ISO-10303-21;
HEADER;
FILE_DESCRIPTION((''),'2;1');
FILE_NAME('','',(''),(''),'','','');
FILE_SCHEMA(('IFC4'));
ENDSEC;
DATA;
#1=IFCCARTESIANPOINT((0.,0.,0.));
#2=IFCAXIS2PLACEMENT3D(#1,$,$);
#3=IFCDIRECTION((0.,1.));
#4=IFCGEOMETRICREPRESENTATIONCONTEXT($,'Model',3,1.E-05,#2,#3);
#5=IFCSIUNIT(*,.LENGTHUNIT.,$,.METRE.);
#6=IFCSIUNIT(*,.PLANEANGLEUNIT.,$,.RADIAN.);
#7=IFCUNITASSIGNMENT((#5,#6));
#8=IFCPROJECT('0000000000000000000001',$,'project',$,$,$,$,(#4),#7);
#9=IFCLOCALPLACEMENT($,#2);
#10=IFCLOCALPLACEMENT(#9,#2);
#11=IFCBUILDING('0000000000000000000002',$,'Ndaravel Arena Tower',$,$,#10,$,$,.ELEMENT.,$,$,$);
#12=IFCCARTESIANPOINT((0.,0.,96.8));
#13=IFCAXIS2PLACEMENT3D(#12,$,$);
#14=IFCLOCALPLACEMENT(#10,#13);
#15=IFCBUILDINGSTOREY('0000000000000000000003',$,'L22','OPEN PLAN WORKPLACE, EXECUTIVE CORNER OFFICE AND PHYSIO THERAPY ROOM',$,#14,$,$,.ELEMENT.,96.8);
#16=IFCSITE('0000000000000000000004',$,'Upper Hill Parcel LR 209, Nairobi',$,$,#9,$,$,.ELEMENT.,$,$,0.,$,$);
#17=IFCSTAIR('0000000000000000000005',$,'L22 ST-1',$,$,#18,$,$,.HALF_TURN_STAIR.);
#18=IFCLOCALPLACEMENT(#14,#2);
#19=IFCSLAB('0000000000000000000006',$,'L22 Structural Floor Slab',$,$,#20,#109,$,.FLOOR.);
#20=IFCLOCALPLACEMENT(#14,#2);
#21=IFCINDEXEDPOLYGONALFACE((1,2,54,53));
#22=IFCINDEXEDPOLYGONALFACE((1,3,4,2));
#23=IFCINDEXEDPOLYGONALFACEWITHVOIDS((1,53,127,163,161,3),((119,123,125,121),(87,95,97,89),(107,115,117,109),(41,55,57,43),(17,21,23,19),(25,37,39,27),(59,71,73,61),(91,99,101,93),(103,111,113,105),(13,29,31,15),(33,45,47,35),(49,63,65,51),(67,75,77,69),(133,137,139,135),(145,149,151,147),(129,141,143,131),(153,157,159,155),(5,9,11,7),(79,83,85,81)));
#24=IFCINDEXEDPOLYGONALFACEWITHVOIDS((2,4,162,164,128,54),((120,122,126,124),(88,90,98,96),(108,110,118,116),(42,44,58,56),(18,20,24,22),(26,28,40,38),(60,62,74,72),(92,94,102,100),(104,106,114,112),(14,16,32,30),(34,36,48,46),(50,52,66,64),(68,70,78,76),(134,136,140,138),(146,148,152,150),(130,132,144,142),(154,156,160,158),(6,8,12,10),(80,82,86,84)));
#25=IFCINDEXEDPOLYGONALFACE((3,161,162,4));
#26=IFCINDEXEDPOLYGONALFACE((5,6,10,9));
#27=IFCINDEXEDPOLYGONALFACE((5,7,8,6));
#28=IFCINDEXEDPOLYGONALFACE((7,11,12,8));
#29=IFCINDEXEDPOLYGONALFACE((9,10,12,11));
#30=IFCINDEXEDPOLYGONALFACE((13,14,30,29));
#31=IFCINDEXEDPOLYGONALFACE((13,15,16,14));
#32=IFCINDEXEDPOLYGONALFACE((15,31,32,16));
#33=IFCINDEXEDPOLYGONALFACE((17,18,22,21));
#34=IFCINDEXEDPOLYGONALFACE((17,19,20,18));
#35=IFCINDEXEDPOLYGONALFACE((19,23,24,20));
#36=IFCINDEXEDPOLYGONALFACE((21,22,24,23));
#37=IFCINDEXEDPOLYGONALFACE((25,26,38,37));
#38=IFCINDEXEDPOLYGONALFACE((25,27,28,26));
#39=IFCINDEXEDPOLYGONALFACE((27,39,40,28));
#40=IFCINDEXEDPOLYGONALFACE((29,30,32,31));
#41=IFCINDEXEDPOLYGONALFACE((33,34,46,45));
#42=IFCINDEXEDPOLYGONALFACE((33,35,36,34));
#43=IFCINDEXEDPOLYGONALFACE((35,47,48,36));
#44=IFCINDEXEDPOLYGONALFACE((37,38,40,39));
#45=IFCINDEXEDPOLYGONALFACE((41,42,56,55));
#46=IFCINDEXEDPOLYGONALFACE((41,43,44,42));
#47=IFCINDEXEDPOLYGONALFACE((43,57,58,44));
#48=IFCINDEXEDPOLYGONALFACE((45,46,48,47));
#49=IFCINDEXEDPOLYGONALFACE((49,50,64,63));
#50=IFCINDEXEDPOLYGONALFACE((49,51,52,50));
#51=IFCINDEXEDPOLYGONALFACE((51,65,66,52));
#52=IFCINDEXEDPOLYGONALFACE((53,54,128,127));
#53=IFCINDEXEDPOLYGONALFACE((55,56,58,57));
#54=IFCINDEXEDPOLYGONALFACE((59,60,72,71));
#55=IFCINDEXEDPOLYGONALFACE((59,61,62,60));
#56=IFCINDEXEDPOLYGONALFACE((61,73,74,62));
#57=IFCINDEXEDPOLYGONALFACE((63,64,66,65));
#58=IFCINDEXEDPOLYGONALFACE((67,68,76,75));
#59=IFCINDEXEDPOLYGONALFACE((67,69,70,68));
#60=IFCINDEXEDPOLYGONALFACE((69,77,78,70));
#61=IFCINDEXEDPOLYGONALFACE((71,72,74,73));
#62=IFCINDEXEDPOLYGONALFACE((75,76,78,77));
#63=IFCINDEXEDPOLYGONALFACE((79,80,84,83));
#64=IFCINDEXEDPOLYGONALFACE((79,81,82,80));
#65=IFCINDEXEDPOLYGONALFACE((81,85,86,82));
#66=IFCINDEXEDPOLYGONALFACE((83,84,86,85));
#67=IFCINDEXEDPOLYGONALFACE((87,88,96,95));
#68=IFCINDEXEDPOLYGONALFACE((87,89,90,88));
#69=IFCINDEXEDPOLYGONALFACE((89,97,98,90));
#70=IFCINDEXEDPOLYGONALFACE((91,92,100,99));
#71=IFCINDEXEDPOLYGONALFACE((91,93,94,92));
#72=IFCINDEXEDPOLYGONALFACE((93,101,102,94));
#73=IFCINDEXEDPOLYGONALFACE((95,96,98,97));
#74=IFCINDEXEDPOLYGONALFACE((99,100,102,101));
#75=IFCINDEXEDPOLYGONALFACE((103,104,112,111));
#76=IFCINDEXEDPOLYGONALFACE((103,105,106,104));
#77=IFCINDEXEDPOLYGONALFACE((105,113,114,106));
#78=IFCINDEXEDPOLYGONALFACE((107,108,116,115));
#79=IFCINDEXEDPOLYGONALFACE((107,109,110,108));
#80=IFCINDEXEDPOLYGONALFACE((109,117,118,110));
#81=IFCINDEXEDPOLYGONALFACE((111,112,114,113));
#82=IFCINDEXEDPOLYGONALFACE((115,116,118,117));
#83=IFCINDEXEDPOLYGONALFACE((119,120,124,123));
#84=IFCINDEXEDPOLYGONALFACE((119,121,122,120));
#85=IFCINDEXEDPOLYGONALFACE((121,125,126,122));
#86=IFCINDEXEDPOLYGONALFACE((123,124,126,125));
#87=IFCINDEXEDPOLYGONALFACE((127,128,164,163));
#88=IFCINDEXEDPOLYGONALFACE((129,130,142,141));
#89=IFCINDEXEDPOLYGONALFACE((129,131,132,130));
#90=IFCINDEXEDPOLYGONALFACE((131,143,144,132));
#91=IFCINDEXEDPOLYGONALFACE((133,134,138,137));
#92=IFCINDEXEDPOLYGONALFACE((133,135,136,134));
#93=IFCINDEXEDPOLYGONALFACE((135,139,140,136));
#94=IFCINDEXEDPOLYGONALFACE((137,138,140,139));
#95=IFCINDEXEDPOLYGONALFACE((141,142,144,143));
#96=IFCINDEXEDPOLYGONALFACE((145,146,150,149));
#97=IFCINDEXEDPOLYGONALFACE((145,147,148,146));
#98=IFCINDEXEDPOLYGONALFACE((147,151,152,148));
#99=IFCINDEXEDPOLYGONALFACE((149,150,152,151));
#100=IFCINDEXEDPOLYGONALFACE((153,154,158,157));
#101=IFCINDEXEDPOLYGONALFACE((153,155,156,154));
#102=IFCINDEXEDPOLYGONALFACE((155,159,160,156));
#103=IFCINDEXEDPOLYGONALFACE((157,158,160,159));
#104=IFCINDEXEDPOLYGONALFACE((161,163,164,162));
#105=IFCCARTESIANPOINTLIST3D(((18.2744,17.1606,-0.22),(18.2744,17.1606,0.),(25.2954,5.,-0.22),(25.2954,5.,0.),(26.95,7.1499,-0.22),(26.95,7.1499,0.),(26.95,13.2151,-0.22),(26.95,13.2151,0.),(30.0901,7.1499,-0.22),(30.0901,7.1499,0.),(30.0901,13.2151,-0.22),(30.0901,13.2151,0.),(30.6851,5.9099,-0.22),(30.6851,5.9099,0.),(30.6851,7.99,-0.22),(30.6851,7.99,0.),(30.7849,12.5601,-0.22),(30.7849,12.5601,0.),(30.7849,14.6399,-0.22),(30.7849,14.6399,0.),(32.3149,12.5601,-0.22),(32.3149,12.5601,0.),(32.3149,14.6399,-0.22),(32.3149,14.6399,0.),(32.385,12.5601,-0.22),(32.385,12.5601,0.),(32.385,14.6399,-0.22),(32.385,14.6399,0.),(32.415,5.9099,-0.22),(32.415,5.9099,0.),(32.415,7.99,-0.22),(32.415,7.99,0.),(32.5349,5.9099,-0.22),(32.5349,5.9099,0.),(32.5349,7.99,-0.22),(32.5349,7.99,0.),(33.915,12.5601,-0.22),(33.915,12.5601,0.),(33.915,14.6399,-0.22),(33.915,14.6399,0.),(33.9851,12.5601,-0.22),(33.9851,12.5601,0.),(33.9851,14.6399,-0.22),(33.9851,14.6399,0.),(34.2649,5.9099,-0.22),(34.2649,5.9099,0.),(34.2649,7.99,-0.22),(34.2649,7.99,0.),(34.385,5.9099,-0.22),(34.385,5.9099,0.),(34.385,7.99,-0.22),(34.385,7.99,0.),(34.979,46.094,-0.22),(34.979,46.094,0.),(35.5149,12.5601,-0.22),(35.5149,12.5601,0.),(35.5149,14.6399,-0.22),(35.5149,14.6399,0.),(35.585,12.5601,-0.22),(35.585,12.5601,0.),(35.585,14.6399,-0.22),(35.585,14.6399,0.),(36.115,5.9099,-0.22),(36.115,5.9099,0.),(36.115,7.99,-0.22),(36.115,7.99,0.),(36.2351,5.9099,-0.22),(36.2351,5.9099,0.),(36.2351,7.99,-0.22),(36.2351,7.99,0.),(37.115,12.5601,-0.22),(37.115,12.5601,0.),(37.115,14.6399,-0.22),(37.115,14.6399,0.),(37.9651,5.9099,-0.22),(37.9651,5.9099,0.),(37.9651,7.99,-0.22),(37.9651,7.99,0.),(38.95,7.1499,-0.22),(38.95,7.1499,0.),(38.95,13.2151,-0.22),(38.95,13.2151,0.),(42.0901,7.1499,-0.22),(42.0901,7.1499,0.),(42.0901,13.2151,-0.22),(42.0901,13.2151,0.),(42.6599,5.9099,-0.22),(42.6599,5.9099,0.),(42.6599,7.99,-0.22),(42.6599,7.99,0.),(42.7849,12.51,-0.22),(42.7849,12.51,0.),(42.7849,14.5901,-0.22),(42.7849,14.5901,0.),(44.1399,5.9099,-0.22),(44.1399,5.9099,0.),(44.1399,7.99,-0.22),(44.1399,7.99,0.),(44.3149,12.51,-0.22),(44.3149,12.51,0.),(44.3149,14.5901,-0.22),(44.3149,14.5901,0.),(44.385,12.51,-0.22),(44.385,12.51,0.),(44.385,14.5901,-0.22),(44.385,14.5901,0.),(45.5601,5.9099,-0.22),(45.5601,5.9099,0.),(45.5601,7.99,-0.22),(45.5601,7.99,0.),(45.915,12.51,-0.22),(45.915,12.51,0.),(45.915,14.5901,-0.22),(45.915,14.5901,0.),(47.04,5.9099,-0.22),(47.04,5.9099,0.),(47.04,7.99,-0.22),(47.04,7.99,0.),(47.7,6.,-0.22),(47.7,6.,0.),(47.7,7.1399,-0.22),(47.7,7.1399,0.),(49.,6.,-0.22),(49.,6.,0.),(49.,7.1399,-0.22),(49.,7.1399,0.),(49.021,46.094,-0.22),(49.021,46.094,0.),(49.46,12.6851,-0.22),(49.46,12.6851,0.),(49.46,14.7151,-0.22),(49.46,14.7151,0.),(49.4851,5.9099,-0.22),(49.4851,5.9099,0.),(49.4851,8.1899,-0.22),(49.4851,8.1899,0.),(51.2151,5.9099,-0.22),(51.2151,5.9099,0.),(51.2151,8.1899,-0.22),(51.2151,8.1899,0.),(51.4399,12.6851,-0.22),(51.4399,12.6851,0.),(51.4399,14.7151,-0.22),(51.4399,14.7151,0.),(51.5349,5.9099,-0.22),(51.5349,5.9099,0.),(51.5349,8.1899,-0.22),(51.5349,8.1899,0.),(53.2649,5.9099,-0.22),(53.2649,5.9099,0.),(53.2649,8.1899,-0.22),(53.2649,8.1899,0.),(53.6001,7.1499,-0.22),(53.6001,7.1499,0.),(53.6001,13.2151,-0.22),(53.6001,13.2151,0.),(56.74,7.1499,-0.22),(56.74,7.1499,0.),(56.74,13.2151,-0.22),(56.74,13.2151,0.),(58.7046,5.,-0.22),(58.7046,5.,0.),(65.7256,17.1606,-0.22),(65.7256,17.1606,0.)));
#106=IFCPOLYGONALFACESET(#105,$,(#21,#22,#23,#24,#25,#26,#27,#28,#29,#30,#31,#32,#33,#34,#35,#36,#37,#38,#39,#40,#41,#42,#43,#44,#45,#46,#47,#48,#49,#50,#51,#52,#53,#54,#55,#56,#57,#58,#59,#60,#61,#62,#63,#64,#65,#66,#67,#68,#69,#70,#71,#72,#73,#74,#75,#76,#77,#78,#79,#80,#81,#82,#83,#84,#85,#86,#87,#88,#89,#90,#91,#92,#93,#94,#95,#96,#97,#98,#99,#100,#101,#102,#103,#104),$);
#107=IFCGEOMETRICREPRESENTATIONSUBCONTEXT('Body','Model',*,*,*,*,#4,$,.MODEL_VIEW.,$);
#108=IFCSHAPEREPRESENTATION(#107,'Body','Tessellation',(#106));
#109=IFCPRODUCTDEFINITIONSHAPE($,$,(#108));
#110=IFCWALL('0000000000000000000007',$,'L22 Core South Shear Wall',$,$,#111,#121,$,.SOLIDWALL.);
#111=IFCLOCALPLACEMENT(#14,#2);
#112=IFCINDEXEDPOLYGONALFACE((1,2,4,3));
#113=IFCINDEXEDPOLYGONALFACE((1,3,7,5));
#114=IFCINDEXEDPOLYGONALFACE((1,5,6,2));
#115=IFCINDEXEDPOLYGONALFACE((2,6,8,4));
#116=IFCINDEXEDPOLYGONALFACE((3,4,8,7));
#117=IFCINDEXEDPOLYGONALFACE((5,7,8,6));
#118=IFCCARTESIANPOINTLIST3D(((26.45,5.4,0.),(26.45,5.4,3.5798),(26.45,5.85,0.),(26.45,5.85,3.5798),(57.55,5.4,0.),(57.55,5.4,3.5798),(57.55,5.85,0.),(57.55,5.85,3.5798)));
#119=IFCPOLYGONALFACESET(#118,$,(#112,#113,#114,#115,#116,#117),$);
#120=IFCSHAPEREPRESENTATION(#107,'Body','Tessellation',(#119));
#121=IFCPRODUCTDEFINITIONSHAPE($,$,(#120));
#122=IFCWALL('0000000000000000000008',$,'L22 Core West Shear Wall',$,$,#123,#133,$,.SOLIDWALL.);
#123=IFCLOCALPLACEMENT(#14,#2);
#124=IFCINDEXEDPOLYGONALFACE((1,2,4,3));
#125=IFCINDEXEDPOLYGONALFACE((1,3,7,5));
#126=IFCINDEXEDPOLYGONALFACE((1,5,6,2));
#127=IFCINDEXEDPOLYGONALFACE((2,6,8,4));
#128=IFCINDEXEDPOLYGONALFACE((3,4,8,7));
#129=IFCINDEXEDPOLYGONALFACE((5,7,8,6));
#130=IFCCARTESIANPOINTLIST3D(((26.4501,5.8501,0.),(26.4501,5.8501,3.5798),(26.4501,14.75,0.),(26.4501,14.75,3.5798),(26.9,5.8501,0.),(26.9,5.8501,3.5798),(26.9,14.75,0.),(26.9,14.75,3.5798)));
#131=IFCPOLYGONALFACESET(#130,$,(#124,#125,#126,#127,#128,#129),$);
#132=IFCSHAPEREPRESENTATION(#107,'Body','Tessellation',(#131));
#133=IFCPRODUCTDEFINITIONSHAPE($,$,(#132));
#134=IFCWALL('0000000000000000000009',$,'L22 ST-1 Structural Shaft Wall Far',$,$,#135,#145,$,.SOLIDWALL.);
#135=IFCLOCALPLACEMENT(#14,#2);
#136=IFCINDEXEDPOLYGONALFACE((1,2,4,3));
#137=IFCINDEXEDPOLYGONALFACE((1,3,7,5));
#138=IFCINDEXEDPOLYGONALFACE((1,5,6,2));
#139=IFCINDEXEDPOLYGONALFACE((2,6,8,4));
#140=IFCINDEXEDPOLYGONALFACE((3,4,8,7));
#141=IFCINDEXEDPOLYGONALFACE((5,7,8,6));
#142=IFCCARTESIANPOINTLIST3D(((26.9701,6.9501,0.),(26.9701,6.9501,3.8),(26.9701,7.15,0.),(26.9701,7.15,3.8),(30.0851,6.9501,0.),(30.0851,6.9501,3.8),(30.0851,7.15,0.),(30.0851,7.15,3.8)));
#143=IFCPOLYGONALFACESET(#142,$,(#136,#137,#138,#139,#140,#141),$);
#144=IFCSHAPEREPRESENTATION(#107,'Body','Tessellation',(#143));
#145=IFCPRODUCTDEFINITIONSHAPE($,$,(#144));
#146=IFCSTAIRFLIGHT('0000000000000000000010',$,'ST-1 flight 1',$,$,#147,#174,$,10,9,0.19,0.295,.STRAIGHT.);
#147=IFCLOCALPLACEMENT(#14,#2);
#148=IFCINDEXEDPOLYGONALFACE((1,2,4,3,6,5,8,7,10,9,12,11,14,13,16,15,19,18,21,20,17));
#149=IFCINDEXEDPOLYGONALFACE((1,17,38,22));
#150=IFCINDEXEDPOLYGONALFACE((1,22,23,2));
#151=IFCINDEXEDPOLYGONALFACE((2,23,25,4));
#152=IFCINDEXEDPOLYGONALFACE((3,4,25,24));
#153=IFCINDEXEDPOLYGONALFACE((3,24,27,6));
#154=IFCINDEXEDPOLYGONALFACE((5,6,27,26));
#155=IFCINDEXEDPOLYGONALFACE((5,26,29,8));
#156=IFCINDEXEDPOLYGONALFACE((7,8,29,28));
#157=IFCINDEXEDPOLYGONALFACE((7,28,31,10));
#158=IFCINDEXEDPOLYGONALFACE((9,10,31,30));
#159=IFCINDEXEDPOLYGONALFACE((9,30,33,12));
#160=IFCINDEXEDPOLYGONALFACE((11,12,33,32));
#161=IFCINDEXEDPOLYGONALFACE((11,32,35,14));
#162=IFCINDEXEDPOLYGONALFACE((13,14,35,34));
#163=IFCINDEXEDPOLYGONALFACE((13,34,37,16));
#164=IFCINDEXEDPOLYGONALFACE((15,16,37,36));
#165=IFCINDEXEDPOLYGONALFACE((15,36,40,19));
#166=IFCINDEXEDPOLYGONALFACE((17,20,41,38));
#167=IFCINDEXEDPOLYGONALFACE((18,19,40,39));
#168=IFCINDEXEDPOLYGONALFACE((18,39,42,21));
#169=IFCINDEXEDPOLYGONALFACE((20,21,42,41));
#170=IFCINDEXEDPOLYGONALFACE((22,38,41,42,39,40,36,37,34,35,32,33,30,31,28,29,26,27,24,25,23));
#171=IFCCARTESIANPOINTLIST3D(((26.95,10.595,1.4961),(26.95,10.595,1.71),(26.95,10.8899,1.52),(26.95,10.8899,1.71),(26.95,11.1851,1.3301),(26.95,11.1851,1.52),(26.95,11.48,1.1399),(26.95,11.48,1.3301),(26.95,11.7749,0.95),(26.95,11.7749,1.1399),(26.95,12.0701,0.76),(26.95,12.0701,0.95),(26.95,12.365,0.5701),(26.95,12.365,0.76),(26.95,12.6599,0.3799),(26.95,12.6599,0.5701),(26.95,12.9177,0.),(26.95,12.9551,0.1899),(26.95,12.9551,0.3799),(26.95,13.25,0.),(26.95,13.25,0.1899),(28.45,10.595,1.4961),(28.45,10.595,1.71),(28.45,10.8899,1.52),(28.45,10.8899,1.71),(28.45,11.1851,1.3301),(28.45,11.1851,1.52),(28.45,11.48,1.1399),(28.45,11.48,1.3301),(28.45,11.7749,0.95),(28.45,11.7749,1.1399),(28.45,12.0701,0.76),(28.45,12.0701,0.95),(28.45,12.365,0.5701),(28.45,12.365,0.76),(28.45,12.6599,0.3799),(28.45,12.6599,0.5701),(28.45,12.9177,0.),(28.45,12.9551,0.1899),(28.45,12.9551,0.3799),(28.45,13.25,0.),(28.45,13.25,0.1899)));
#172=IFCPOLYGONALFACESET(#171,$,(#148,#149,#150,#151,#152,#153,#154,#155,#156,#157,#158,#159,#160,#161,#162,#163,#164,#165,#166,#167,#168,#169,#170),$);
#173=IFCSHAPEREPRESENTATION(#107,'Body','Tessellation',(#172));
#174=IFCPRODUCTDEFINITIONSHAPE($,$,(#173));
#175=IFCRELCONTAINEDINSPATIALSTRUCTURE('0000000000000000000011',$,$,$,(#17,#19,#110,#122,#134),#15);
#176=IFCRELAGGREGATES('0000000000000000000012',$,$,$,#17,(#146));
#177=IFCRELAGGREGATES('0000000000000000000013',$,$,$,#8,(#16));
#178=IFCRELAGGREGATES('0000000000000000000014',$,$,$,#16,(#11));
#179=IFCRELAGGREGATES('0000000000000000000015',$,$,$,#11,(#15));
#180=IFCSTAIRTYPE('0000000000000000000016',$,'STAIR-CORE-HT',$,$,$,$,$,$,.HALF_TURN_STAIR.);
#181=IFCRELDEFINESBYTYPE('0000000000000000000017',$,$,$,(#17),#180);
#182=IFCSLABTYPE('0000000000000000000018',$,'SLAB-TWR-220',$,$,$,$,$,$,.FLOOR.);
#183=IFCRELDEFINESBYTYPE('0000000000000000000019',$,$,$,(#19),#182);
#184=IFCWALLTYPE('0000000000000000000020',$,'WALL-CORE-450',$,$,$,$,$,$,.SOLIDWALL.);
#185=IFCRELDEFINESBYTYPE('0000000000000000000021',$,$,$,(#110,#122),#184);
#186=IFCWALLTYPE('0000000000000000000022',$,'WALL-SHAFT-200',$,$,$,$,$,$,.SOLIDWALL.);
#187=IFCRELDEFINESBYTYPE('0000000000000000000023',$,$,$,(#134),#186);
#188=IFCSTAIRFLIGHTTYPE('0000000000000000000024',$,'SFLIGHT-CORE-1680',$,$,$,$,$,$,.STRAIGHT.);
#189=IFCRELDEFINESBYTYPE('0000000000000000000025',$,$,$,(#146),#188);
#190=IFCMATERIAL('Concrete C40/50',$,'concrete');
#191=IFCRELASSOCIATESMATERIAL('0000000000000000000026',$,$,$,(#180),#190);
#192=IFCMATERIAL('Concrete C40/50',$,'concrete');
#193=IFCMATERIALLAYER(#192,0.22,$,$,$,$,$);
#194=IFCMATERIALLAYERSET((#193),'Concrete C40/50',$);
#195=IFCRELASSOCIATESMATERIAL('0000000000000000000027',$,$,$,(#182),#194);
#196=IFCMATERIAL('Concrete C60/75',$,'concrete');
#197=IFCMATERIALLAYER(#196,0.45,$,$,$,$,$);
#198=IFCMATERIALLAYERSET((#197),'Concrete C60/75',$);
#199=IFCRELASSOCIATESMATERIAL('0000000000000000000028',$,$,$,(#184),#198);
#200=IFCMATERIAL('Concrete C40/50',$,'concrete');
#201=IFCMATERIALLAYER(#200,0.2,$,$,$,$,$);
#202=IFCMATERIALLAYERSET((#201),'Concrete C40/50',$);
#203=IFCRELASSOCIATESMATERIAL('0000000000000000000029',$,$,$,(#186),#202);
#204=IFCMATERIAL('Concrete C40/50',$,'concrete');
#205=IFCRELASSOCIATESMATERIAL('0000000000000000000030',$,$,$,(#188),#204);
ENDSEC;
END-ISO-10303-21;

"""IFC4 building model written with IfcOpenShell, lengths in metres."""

from ifc_helpers import new_model, si_unit, direction, frame, frame_2d, origin, place, context, subcontext, project, spatial, polyline, rectangle, outline, extrude, material, layer, layer_set, type_object, element, aggregate, save


model = new_model("IFC4")

# Units and contexts
model_context = context("Model", 3, precision=1e-05, world=origin(), true_north=direction((0.0, 1.0)))
body_context = subcontext(model_context, "Body", "Model", "MODEL_VIEW")
ifc_project = project(units=[si_unit("LENGTHUNIT", "METRE"), si_unit("PLANEANGLEUNIT", "RADIAN")], contexts=[model_context])

# Site, building, storey
site_placement = place(None, origin())
site = spatial("IfcSite", under=ifc_project, at=site_placement, Name="Upper Hill Parcel LR 209, Nairobi", CompositionType="ELEMENT", RefElevation=0.0)
building_placement = place(site_placement, origin())
building = spatial("IfcBuilding", under=site, at=building_placement, Name="Ndaravel Arena Tower", CompositionType="ELEMENT")
storey_placement = place(building_placement, frame((0.0, 0.0, 96.8)))
storey = spatial("IfcBuildingStorey", under=building, at=storey_placement, Name="L22", Description="OPEN PLAN WORKPLACE, EXECUTIVE CORNER OFFICE AND PHYSIO THERAPY ROOM", CompositionType="ELEMENT", Elevation=96.8)

# Stair
ifc_material_1 = material(Name="Concrete C40/50", Category="concrete")
stair_type = type_object("IfcStairType", Name="STAIR-CORE-HT", PredefinedType="HALF_TURN_STAIR", material=ifc_material_1)
stair_1_placement = place(storey_placement, origin())
stair_1 = element("IfcStair", 1, at=stair_1_placement, inside=storey, type_object=stair_type, Name="L22 ST-1", PredefinedType="HALF_TURN_STAIR")

# Slab
ifc_material_2 = material(Name="Concrete C40/50", Category="concrete")
ifc_layer_1 = layer(ifc_material_2, 0.22)
ifc_layer_set_1 = layer_set([ifc_layer_1], Name="Concrete C40/50")
slab_type_1 = type_object("IfcSlabType", Name="SLAB-TWR-220", PredefinedType="FLOOR", material=ifc_layer_set_1)
slab_1_placement = place(storey_placement, frame((0.0, 0.0, -0.22)))
element("IfcSlab", 2, at=slab_1_placement, inside=storey, type_object=slab_type_1, Name="L22 Structural Floor Slab", PredefinedType="FLOOR", context=body_context, shape_type="SweptSolid", body=[
    extrude(outline(polyline([(18.2744, 17.1606), (25.2954, 5.0), (58.7046, 5.0), (65.7256, 17.1606), (49.021, 46.094), (34.979, 46.094), (18.2744, 17.1606)]), holes=[polyline([(26.95, 13.2151), (26.95, 7.1499), (30.0901, 7.1499), (30.0901, 13.2151), (26.95, 13.2151)]), polyline([(38.95, 13.2151), (38.95, 7.1499), (42.0901, 7.1499), (42.0901, 13.2151), (38.95, 13.2151)]), polyline([(53.6001, 13.2151), (53.6001, 7.1499), (56.74, 7.1499), (56.74, 13.2151), (53.6001, 13.2151)]), polyline([(30.6851, 5.9099), (32.415, 5.9099), (32.415, 7.99), (30.6851, 7.99), (30.6851, 5.9099)]), polyline([(32.5349, 5.9099), (34.2649, 5.9099), (34.2649, 7.99), (32.5349, 7.99), (32.5349, 5.9099)]), polyline([(34.385, 5.9099), (36.115, 5.9099), (36.115, 7.99), (34.385, 7.99), (34.385, 5.9099)]), polyline([(36.2351, 5.9099), (37.9651, 5.9099), (37.9651, 7.99), (36.2351, 7.99), (36.2351, 5.9099)]), polyline([(30.7849, 12.5601), (32.3149, 12.5601), (32.3149, 14.6399), (30.7849, 14.6399), (30.7849, 12.5601)]), polyline([(32.385, 12.5601), (33.915, 12.5601), (33.915, 14.6399), (32.385, 14.6399), (32.385, 12.5601)]), polyline([(33.9851, 12.5601), (35.5149, 12.5601), (35.5149, 14.6399), (33.9851, 14.6399), (33.9851, 12.5601)]), polyline([(35.585, 12.5601), (37.115, 12.5601), (37.115, 14.6399), (35.585, 14.6399), (35.585, 12.5601)]), polyline([(42.6599, 5.9099), (44.1399, 5.9099), (44.1399, 7.99), (42.6599, 7.99), (42.6599, 5.9099)]), polyline([(45.5601, 5.9099), (47.04, 5.9099), (47.04, 7.99), (45.5601, 7.99), (45.5601, 5.9099)]), polyline([(42.7849, 12.51), (44.3149, 12.51), (44.3149, 14.5901), (42.7849, 14.5901), (42.7849, 12.51)]), polyline([(44.385, 12.51), (45.915, 12.51), (45.915, 14.5901), (44.385, 14.5901), (44.385, 12.51)]), polyline([(49.4851, 5.9099), (51.2151, 5.9099), (51.2151, 8.1899), (49.4851, 8.1899), (49.4851, 5.9099)]), polyline([(51.5349, 5.9099), (53.2649, 5.9099), (53.2649, 8.1899), (51.5349, 8.1899), (51.5349, 5.9099)]), polyline([(49.46, 12.6851), (51.4399, 12.6851), (51.4399, 14.7151), (49.46, 14.7151), (49.46, 12.6851)]), polyline([(47.7, 6.0), (49.0, 6.0), (49.0, 7.1399), (47.7, 7.1399), (47.7, 6.0)])]), origin(), (0.0, 0.0, 1.0), 0.22),
])

# Walls
ifc_material_3 = material(Name="Concrete C60/75", Category="concrete")
ifc_layer_2 = layer(ifc_material_3, 0.45)
ifc_layer_set_2 = layer_set([ifc_layer_2], Name="Concrete C60/75")
wall_type_1 = type_object("IfcWallType", Name="WALL-CORE-450", PredefinedType="SOLIDWALL", material=ifc_layer_set_2)
wall_1_placement = place(storey_placement, frame((26.45, 5.625, 0.0), z_axis=(0.0, 0.0, 1.0), x_axis=(1.0, 0.0, 0.0)))
element("IfcWall", 3, at=wall_1_placement, inside=storey, type_object=wall_type_1, Name="L22 Core South Shear Wall", PredefinedType="SOLIDWALL", context=body_context, shape_type="SweptSolid", body=[
    extrude(rectangle(XDim=31.1001, YDim=0.45, at=frame_2d((15.55, 0.0))), origin(), (0.0, 0.0, 1.0), 3.5798),
])
wall_2_placement = place(storey_placement, frame((26.675, 5.8501, 0.0), z_axis=(0.0, 0.0, 1.0), x_axis=(0.0, 1.0, 0.0)))
element("IfcWall", 4, at=wall_2_placement, inside=storey, type_object=wall_type_1, Name="L22 Core West Shear Wall", PredefinedType="SOLIDWALL", context=body_context, shape_type="SweptSolid", body=[
    extrude(rectangle(XDim=8.8999, YDim=0.45, at=frame_2d((4.45, 0.0))), origin(), (0.0, 0.0, 1.0), 3.5798),
])
ifc_material_4 = material(Name="Concrete C40/50", Category="concrete")
ifc_layer_3 = layer(ifc_material_4, 0.2)
ifc_layer_set_3 = layer_set([ifc_layer_3], Name="Concrete C40/50")
wall_type_2 = type_object("IfcWallType", Name="WALL-SHAFT-200", PredefinedType="SOLIDWALL", material=ifc_layer_set_3)
wall_3_placement = place(storey_placement, frame((26.97, 7.05, 0.0), z_axis=(0.0, 0.0, 1.0), x_axis=(1.0, 0.0, 0.0)))
element("IfcWall", 5, at=wall_3_placement, inside=storey, type_object=wall_type_2, Name="L22 ST-1 Structural Shaft Wall Far", PredefinedType="SOLIDWALL", context=body_context, shape_type="SweptSolid", body=[
    extrude(rectangle(XDim=3.115, YDim=0.2, at=frame_2d((1.5576, 0.0))), origin(), (0.0, 0.0, 1.0), 3.8),
])

# Stair flight
ifc_material_5 = material(Name="Concrete C40/50", Category="concrete")
stair_flight_type = type_object("IfcStairFlightType", Name="SFLIGHT-CORE-1680", PredefinedType="STRAIGHT", material=ifc_material_5)
stair_flight_1_placement = place(storey_placement, frame((27.7, 13.25, 0.0), z_axis=(0.0, 0.0, 1.0), x_axis=(0.0, -1.0, 0.0)))
stair_flight_1 = element("IfcStairFlight", 6, at=stair_flight_1_placement, type_object=stair_flight_type, Name="ST-1 flight 1", NumberOfRisers=10, NumberOfTreads=9, PredefinedType="STRAIGHT", RiserHeight=0.19, TreadLength=0.295, context=body_context, shape_type="SweptSolid", body=[
    extrude(outline(polyline([(0.0, 0.0), (0.0, 0.1899), (0.2949, 0.1899), (0.2949, 0.3799), (0.5901, 0.3799), (0.5901, 0.5701), (0.885, 0.5701), (0.885, 0.76), (1.1799, 0.76), (1.1799, 0.95), (1.4751, 0.95), (1.4751, 1.1399), (1.77, 1.1399), (1.77, 1.3301), (2.0649, 1.3301), (2.0649, 1.52), (2.3601, 1.52), (2.3601, 1.71), (2.655, 1.71), (2.655, 1.8999), (2.655, 1.4961), (0.3323, 0.0), (0.0, 0.0)])), frame((0.0, 0.75, 0.0), z_axis=(0.0, -1.0, 0.0), x_axis=(1.0, 0.0, 0.0)), (0.0, 0.0, 1.0), 1.5),
])
aggregate(stair_1, [stair_flight_1])

save(model, "model.ifc")
